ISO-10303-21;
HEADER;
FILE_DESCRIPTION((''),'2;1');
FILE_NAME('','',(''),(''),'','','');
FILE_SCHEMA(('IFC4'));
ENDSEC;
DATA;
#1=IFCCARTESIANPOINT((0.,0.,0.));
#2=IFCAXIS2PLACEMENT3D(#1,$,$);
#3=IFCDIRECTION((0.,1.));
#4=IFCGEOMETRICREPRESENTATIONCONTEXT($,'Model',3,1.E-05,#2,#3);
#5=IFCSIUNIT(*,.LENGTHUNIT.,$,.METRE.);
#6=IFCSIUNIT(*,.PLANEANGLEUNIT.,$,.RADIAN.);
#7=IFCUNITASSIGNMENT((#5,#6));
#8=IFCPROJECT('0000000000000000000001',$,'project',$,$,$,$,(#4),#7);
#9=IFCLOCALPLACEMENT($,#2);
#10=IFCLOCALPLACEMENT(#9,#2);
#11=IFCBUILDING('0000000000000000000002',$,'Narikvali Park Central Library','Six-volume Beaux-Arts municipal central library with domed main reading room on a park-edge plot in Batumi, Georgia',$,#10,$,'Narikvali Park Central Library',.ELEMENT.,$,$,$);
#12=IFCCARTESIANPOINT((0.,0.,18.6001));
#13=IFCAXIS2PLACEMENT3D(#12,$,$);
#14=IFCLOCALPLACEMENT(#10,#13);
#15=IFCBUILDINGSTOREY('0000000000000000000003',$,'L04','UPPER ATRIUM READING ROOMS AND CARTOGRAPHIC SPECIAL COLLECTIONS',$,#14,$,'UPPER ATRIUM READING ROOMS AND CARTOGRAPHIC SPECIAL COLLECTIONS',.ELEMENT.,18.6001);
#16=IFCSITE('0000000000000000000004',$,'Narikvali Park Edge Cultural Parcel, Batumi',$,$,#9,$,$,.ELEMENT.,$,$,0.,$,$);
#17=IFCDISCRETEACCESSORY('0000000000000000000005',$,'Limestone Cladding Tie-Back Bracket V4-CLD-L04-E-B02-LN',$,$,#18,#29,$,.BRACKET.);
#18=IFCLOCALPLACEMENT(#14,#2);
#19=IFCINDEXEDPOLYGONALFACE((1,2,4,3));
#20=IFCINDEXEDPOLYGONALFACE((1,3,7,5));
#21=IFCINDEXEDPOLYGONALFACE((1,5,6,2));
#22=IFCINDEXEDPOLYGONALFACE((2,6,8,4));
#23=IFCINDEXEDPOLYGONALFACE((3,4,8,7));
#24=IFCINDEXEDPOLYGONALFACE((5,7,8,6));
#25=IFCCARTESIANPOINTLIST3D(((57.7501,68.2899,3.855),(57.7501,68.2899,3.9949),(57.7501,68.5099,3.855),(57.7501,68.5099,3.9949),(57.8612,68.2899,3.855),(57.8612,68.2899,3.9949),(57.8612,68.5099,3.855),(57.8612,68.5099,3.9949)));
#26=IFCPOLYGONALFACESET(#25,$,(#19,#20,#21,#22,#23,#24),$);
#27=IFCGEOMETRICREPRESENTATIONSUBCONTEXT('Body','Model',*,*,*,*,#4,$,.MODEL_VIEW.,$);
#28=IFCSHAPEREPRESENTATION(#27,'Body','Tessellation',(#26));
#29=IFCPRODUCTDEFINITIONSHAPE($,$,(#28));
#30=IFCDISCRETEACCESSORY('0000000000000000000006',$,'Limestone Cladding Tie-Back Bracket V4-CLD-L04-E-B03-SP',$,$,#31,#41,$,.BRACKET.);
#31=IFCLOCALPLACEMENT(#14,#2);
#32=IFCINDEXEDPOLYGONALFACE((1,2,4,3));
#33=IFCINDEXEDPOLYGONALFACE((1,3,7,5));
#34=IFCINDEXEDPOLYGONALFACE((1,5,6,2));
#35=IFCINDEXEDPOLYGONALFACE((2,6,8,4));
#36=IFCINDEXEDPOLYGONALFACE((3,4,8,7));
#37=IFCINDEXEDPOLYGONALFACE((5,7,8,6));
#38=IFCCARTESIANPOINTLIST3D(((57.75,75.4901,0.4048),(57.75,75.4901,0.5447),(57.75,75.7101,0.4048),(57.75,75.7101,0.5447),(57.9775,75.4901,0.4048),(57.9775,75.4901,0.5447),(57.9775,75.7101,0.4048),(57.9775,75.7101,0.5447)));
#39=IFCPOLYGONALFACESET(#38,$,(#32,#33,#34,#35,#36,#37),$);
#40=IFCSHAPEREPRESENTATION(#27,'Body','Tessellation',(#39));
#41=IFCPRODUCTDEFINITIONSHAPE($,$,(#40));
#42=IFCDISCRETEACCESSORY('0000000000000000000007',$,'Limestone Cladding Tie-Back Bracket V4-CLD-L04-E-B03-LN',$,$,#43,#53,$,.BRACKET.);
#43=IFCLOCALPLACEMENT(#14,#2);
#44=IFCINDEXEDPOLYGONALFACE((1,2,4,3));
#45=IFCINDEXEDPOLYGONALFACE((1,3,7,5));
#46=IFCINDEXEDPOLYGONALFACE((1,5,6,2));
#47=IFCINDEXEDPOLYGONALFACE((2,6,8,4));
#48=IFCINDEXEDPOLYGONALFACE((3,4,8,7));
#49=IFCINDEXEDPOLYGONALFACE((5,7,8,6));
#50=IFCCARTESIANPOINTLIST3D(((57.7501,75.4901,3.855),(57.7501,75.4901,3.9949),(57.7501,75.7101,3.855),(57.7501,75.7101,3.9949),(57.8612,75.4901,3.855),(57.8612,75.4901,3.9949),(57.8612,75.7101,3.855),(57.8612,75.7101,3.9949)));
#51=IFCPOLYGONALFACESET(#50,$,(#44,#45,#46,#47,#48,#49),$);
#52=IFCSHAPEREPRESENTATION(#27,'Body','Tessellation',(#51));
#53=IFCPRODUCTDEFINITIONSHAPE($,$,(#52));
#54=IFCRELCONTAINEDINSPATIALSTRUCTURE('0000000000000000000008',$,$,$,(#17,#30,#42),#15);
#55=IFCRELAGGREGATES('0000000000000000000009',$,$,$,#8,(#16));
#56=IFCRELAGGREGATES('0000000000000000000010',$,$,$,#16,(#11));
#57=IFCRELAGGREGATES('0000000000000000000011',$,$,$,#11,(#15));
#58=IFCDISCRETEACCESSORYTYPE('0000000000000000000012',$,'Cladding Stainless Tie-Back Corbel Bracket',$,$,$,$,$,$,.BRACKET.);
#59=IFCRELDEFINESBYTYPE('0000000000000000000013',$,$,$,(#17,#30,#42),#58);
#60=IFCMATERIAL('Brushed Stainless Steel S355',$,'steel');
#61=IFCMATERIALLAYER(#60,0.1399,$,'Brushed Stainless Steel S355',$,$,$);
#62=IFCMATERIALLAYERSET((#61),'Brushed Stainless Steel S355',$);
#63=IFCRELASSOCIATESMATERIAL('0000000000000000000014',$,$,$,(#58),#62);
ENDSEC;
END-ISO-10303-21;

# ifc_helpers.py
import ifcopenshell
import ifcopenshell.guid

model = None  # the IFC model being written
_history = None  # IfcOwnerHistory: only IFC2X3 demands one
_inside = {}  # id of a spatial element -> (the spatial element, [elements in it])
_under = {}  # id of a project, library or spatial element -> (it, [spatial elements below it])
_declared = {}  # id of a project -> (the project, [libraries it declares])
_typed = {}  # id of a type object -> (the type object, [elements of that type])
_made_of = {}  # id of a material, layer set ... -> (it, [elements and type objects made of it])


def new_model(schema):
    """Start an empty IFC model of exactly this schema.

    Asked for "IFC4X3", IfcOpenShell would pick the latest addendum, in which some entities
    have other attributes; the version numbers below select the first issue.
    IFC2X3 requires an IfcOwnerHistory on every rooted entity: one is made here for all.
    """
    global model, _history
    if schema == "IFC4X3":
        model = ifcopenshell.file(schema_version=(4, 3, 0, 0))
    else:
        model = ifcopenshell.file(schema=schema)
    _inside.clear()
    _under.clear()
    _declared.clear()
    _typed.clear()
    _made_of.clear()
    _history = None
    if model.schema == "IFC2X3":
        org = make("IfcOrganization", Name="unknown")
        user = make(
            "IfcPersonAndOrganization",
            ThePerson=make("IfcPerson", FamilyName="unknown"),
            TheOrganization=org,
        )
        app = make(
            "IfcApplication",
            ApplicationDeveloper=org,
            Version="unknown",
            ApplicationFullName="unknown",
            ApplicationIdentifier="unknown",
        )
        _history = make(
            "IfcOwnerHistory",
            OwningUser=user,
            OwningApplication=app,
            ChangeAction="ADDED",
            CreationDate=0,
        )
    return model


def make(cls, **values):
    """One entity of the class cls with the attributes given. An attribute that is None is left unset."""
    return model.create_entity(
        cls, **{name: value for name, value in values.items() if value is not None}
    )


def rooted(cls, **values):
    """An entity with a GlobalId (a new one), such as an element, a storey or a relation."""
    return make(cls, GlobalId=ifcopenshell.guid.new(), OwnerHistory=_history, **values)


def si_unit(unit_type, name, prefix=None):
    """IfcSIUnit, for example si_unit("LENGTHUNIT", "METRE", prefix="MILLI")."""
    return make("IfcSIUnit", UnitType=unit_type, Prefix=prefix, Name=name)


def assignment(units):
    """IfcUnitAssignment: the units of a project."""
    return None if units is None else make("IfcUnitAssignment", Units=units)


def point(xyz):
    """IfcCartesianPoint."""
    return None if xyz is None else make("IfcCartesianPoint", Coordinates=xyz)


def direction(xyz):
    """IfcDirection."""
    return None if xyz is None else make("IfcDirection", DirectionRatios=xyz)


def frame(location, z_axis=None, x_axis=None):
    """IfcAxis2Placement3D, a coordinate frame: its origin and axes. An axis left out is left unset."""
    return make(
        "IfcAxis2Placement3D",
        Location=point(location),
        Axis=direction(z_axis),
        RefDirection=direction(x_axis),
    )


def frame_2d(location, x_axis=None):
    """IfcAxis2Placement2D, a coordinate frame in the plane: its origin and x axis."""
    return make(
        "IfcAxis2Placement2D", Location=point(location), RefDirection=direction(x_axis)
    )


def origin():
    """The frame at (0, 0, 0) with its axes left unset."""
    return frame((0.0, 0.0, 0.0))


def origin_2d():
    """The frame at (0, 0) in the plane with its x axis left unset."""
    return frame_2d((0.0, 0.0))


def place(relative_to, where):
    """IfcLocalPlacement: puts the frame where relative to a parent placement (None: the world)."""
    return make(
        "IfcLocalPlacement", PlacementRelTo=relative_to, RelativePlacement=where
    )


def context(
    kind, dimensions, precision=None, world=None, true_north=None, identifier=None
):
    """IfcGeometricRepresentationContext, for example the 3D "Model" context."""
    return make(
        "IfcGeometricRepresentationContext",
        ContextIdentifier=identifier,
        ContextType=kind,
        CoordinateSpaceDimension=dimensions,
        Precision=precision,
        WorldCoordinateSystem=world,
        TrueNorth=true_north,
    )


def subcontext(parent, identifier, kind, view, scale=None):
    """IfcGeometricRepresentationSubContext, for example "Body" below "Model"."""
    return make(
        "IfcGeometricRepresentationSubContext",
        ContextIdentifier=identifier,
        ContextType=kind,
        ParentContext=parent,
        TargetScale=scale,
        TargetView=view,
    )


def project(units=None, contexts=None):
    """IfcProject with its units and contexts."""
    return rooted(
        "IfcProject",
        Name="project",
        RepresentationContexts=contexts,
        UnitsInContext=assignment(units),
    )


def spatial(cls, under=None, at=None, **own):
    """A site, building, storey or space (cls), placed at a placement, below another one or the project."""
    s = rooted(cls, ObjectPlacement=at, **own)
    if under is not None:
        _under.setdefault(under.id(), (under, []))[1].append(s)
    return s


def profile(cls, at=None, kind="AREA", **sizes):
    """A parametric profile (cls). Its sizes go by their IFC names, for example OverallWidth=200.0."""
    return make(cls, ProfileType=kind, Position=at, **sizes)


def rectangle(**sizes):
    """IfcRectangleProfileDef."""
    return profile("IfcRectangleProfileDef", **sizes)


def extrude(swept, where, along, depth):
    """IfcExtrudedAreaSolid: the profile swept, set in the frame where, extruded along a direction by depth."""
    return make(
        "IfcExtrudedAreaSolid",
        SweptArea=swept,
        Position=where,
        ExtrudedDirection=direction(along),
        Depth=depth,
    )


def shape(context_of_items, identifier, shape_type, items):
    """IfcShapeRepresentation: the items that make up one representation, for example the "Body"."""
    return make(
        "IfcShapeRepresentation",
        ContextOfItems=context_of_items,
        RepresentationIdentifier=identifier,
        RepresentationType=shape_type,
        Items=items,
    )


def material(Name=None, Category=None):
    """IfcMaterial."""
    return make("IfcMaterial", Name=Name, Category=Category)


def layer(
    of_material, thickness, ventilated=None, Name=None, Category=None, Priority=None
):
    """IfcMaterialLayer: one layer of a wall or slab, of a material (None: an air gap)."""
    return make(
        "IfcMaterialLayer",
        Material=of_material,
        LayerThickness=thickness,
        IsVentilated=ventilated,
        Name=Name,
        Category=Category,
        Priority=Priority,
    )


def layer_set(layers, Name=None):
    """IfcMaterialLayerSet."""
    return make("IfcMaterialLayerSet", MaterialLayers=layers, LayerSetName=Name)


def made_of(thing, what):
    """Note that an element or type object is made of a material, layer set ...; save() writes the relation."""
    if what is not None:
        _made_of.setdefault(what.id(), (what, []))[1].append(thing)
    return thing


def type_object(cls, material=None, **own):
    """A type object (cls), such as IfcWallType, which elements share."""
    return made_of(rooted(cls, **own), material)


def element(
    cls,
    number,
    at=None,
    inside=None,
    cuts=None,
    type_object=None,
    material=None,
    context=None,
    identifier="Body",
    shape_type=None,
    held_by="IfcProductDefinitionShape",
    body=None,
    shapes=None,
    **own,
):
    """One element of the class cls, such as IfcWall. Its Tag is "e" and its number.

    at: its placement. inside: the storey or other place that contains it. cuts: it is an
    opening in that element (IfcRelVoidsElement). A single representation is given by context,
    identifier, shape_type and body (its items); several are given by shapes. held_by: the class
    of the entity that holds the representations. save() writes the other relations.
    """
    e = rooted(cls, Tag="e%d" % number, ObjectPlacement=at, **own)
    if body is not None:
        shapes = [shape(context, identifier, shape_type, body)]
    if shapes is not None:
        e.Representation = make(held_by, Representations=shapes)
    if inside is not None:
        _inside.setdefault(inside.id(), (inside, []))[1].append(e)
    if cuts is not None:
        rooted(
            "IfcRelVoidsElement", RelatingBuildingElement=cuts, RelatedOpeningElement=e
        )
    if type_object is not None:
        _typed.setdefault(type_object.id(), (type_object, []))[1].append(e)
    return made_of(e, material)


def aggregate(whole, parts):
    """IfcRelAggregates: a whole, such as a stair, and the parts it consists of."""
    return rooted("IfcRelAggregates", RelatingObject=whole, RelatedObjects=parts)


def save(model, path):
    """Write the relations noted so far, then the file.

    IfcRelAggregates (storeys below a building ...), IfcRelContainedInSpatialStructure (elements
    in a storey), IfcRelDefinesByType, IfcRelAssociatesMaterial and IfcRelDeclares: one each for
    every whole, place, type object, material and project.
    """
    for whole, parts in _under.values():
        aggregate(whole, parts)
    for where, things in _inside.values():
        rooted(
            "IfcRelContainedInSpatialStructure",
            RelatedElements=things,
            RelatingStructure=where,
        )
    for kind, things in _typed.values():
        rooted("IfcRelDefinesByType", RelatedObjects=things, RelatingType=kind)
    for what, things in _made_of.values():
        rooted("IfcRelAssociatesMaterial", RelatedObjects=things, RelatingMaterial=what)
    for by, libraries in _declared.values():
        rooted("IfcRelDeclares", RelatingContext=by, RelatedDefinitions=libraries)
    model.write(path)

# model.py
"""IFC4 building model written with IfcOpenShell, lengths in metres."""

from ifc_helpers import new_model, si_unit, direction, frame, origin, origin_2d, place, context, subcontext, project, spatial, rectangle, extrude, material, layer, layer_set, type_object, element, save


model = new_model("IFC4")

# Units and contexts
model_context = context("Model", 3, precision=1e-05, world=origin(), true_north=direction((0.0, 1.0)))
body_context = subcontext(model_context, "Body", "Model", "MODEL_VIEW")
ifc_project = project(units=[si_unit("LENGTHUNIT", "METRE"), si_unit("PLANEANGLEUNIT", "RADIAN")], contexts=[model_context])

# Site, building, storey
site_placement = place(None, origin())
site = spatial("IfcSite", under=ifc_project, at=site_placement, Name="Narikvali Park Edge Cultural Parcel, Batumi", CompositionType="ELEMENT", RefElevation=0.0)
building_placement = place(site_placement, origin())
building = spatial("IfcBuilding", under=site, at=building_placement, Name="Narikvali Park Central Library", Description="Six-volume Beaux-Arts municipal central library with domed main reading room on a park-edge plot in Batumi, Georgia", LongName="Narikvali Park Central Library", CompositionType="ELEMENT")
storey_placement = place(building_placement, frame((0.0, 0.0, 18.6001)))
storey = spatial("IfcBuildingStorey", under=building, at=storey_placement, Name="L04", Description="UPPER ATRIUM READING ROOMS AND CARTOGRAPHIC SPECIAL COLLECTIONS", LongName="UPPER ATRIUM READING ROOMS AND CARTOGRAPHIC SPECIAL COLLECTIONS", CompositionType="ELEMENT", Elevation=18.6001)

# Discrete accessories
ifc_material_1 = material(Name="Brushed Stainless Steel S355", Category="steel")
ifc_layer_1 = layer(ifc_material_1, 0.1399, Name="Brushed Stainless Steel S355")
ifc_layer_set_1 = layer_set([ifc_layer_1], Name="Brushed Stainless Steel S355")
discrete_accessory_type = type_object("IfcDiscreteAccessoryType", Name="Cladding Stainless Tie-Back Corbel Bracket", PredefinedType="BRACKET", material=ifc_layer_set_1)
discrete_accessory_1_placement = place(storey_placement, frame((57.8057, 68.3999, 3.855), z_axis=(0.0, 0.0, 1.0), x_axis=(1.0, 0.0, 0.0)))
element("IfcDiscreteAccessory", 1, at=discrete_accessory_1_placement, inside=storey, type_object=discrete_accessory_type, Name="Limestone Cladding Tie-Back Bracket V4-CLD-L04-E-B02-LN", PredefinedType="BRACKET", context=body_context, shape_type="SweptSolid", body=[
    extrude(rectangle(XDim=0.1111, YDim=0.22, at=origin_2d()), origin(), (0.0, 0.0, 1.0), 0.1399),
])
discrete_accessory_2_placement = place(storey_placement, frame((57.8638, 75.6001, 0.4048), z_axis=(0.0, 0.0, 1.0), x_axis=(1.0, 0.0, 0.0)))
element("IfcDiscreteAccessory", 2, at=discrete_accessory_2_placement, inside=storey, type_object=discrete_accessory_type, Name="Limestone Cladding Tie-Back Bracket V4-CLD-L04-E-B03-SP", PredefinedType="BRACKET", context=body_context, shape_type="SweptSolid", body=[
    extrude(rectangle(XDim=0.2275, YDim=0.22, at=origin_2d()), origin(), (0.0, 0.0, 1.0), 0.1399),
])
discrete_accessory_3_placement = place(storey_placement, frame((57.8057, 75.6001, 3.855), z_axis=(0.0, 0.0, 1.0), x_axis=(1.0, 0.0, 0.0)))
element("IfcDiscreteAccessory", 3, at=discrete_accessory_3_placement, inside=storey, type_object=discrete_accessory_type, Name="Limestone Cladding Tie-Back Bracket V4-CLD-L04-E-B03-LN", PredefinedType="BRACKET", context=body_context, shape_type="SweptSolid", body=[
    extrude(rectangle(XDim=0.1111, YDim=0.22, at=origin_2d()), origin(), (0.0, 0.0, 1.0), 0.1399),
])

save(model, "model.ifc")
